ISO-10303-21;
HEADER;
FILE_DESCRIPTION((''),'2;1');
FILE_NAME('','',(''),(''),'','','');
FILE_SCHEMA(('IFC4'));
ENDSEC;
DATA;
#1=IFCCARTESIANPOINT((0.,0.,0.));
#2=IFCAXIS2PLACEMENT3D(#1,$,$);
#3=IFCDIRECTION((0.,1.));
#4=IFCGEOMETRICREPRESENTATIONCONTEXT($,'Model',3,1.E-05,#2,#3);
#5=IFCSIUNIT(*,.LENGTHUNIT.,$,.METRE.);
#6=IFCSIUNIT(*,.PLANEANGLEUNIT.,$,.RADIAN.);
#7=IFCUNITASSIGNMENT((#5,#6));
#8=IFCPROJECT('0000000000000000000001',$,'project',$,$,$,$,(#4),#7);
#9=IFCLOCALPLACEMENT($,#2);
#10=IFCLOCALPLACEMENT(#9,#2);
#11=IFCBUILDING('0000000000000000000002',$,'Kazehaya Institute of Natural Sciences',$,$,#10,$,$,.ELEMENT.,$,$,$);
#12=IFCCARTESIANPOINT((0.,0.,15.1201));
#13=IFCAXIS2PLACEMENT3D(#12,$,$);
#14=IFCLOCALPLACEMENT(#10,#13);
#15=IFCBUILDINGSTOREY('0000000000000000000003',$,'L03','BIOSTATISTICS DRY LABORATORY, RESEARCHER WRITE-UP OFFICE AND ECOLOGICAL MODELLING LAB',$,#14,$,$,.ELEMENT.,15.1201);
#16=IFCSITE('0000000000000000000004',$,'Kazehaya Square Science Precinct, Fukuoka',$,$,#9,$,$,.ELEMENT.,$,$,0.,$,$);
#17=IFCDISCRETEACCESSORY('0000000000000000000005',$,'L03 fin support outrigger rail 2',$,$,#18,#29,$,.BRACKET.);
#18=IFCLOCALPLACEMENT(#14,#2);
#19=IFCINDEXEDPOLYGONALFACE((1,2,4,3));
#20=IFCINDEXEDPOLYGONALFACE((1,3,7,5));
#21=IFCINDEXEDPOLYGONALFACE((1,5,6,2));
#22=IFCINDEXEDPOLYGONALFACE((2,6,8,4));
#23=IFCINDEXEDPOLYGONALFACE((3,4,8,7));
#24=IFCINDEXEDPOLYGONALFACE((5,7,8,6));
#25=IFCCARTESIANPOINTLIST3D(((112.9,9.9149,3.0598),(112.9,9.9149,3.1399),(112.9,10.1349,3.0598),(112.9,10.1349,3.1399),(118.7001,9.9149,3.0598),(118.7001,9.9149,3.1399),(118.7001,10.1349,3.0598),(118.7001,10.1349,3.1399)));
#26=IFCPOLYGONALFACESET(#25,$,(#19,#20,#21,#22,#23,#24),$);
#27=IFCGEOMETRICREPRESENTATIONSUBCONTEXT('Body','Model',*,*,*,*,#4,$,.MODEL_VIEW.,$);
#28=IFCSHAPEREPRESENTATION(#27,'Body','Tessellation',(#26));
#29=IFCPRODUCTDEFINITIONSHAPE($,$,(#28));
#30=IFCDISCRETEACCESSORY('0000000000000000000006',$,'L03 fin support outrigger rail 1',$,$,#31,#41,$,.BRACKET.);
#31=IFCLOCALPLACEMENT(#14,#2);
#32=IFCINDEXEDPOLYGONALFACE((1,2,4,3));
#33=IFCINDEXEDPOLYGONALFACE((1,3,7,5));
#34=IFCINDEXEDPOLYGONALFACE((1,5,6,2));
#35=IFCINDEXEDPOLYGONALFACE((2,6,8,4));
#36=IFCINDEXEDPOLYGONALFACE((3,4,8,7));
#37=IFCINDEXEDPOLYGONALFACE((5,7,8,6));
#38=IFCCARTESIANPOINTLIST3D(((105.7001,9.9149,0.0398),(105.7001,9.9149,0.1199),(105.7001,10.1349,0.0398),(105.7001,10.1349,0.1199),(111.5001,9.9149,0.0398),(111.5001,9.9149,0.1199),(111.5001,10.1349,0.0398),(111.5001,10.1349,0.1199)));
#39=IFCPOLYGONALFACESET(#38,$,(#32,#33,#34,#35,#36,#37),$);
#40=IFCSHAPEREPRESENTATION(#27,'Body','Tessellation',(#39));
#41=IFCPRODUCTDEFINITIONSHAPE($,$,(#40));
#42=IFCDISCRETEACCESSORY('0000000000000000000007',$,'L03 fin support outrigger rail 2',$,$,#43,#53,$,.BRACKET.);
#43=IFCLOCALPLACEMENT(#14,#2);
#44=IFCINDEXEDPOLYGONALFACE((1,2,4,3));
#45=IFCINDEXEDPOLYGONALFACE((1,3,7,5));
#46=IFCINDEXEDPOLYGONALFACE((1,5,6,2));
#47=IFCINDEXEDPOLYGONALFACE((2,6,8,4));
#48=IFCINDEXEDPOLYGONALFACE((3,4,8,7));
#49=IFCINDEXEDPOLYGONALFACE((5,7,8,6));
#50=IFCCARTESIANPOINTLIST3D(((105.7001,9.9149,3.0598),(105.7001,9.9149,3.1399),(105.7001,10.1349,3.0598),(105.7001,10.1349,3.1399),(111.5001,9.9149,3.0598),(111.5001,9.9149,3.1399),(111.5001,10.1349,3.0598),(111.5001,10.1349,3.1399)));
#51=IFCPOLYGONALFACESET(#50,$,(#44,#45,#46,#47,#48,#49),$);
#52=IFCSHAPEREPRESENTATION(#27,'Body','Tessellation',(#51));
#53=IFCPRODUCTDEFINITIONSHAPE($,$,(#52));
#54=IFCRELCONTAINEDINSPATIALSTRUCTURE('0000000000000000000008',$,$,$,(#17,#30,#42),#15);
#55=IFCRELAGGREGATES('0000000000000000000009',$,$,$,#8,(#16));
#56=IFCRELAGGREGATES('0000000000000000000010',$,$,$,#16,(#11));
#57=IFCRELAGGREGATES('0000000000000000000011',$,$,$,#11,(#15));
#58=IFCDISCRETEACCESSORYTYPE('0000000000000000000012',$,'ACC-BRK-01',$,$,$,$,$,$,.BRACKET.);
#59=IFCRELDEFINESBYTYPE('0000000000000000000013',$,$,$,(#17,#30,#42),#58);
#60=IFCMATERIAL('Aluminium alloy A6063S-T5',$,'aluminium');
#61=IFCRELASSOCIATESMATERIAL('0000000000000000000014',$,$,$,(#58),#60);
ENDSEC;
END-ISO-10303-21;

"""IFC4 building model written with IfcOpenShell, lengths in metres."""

from ifc_helpers import new_model, si_unit, direction, frame, origin, origin_2d, place, context, subcontext, project, spatial, rectangle, extrude, material, type_object, element, save


model = new_model("IFC4")

# Units and contexts
model_context = context("Model", 3, precision=1e-05, world=origin(), true_north=direction((0.0, 1.0)))
body_context = subcontext(model_context, "Body", "Model", "MODEL_VIEW")
ifc_project = project(units=[si_unit("LENGTHUNIT", "METRE"), si_unit("PLANEANGLEUNIT", "RADIAN")], contexts=[model_context])

# Site, building, storey
site_placement = place(None, origin())
site = spatial("IfcSite", under=ifc_project, at=site_placement, Name="Kazehaya Square Science Precinct, Fukuoka", CompositionType="ELEMENT", RefElevation=0.0)
building_placement = place(site_placement, origin())
building = spatial("IfcBuilding", under=site, at=building_placement, Name="Kazehaya Institute of Natural Sciences", CompositionType="ELEMENT")
storey_placement = place(building_placement, frame((0.0, 0.0, 15.1201)))
storey = spatial("IfcBuildingStorey", under=building, at=storey_placement, Name="L03", Description="BIOSTATISTICS DRY LABORATORY, RESEARCHER WRITE-UP OFFICE AND ECOLOGICAL MODELLING LAB", CompositionType="ELEMENT", Elevation=15.1201)

# Shared definitions
ifc_material_1 = material(Name="Aluminium alloy A6063S-T5", Category="aluminium")

# Discrete accessories
discrete_accessory_type = type_object("IfcDiscreteAccessoryType", Name="ACC-BRK-01", PredefinedType="BRACKET", material=ifc_material_1)
for number, where, z_axis, x_axis, name in (
    (1, (115.8, 10.0249, 3.0598), (0.0, 0.0, 1.0), (-1.0, 0.0, 0.0), "L03 fin support outrigger rail 2"),
    (2, (108.6001, 10.0249, 0.0398), (0.0, 0.0, 1.0), (-1.0, 0.0, 0.0), "L03 fin support outrigger rail 1"),
    (3, (108.6001, 10.0249, 3.0598), (0.0, 0.0, 1.0), (-1.0, 0.0, 0.0), "L03 fin support outrigger rail 2"),
):
    element("IfcDiscreteAccessory", number, at=place(storey_placement, frame(where, z_axis=z_axis, x_axis=x_axis)), inside=storey, type_object=discrete_accessory_type, Name=name, PredefinedType="BRACKET", context=body_context, shape_type="SweptSolid", body=[
        extrude(rectangle(XDim=5.8, YDim=0.22, at=origin_2d()), origin(), (0.0, 0.0, 1.0), 0.0801),
    ])

save(model, "model.ifc")
